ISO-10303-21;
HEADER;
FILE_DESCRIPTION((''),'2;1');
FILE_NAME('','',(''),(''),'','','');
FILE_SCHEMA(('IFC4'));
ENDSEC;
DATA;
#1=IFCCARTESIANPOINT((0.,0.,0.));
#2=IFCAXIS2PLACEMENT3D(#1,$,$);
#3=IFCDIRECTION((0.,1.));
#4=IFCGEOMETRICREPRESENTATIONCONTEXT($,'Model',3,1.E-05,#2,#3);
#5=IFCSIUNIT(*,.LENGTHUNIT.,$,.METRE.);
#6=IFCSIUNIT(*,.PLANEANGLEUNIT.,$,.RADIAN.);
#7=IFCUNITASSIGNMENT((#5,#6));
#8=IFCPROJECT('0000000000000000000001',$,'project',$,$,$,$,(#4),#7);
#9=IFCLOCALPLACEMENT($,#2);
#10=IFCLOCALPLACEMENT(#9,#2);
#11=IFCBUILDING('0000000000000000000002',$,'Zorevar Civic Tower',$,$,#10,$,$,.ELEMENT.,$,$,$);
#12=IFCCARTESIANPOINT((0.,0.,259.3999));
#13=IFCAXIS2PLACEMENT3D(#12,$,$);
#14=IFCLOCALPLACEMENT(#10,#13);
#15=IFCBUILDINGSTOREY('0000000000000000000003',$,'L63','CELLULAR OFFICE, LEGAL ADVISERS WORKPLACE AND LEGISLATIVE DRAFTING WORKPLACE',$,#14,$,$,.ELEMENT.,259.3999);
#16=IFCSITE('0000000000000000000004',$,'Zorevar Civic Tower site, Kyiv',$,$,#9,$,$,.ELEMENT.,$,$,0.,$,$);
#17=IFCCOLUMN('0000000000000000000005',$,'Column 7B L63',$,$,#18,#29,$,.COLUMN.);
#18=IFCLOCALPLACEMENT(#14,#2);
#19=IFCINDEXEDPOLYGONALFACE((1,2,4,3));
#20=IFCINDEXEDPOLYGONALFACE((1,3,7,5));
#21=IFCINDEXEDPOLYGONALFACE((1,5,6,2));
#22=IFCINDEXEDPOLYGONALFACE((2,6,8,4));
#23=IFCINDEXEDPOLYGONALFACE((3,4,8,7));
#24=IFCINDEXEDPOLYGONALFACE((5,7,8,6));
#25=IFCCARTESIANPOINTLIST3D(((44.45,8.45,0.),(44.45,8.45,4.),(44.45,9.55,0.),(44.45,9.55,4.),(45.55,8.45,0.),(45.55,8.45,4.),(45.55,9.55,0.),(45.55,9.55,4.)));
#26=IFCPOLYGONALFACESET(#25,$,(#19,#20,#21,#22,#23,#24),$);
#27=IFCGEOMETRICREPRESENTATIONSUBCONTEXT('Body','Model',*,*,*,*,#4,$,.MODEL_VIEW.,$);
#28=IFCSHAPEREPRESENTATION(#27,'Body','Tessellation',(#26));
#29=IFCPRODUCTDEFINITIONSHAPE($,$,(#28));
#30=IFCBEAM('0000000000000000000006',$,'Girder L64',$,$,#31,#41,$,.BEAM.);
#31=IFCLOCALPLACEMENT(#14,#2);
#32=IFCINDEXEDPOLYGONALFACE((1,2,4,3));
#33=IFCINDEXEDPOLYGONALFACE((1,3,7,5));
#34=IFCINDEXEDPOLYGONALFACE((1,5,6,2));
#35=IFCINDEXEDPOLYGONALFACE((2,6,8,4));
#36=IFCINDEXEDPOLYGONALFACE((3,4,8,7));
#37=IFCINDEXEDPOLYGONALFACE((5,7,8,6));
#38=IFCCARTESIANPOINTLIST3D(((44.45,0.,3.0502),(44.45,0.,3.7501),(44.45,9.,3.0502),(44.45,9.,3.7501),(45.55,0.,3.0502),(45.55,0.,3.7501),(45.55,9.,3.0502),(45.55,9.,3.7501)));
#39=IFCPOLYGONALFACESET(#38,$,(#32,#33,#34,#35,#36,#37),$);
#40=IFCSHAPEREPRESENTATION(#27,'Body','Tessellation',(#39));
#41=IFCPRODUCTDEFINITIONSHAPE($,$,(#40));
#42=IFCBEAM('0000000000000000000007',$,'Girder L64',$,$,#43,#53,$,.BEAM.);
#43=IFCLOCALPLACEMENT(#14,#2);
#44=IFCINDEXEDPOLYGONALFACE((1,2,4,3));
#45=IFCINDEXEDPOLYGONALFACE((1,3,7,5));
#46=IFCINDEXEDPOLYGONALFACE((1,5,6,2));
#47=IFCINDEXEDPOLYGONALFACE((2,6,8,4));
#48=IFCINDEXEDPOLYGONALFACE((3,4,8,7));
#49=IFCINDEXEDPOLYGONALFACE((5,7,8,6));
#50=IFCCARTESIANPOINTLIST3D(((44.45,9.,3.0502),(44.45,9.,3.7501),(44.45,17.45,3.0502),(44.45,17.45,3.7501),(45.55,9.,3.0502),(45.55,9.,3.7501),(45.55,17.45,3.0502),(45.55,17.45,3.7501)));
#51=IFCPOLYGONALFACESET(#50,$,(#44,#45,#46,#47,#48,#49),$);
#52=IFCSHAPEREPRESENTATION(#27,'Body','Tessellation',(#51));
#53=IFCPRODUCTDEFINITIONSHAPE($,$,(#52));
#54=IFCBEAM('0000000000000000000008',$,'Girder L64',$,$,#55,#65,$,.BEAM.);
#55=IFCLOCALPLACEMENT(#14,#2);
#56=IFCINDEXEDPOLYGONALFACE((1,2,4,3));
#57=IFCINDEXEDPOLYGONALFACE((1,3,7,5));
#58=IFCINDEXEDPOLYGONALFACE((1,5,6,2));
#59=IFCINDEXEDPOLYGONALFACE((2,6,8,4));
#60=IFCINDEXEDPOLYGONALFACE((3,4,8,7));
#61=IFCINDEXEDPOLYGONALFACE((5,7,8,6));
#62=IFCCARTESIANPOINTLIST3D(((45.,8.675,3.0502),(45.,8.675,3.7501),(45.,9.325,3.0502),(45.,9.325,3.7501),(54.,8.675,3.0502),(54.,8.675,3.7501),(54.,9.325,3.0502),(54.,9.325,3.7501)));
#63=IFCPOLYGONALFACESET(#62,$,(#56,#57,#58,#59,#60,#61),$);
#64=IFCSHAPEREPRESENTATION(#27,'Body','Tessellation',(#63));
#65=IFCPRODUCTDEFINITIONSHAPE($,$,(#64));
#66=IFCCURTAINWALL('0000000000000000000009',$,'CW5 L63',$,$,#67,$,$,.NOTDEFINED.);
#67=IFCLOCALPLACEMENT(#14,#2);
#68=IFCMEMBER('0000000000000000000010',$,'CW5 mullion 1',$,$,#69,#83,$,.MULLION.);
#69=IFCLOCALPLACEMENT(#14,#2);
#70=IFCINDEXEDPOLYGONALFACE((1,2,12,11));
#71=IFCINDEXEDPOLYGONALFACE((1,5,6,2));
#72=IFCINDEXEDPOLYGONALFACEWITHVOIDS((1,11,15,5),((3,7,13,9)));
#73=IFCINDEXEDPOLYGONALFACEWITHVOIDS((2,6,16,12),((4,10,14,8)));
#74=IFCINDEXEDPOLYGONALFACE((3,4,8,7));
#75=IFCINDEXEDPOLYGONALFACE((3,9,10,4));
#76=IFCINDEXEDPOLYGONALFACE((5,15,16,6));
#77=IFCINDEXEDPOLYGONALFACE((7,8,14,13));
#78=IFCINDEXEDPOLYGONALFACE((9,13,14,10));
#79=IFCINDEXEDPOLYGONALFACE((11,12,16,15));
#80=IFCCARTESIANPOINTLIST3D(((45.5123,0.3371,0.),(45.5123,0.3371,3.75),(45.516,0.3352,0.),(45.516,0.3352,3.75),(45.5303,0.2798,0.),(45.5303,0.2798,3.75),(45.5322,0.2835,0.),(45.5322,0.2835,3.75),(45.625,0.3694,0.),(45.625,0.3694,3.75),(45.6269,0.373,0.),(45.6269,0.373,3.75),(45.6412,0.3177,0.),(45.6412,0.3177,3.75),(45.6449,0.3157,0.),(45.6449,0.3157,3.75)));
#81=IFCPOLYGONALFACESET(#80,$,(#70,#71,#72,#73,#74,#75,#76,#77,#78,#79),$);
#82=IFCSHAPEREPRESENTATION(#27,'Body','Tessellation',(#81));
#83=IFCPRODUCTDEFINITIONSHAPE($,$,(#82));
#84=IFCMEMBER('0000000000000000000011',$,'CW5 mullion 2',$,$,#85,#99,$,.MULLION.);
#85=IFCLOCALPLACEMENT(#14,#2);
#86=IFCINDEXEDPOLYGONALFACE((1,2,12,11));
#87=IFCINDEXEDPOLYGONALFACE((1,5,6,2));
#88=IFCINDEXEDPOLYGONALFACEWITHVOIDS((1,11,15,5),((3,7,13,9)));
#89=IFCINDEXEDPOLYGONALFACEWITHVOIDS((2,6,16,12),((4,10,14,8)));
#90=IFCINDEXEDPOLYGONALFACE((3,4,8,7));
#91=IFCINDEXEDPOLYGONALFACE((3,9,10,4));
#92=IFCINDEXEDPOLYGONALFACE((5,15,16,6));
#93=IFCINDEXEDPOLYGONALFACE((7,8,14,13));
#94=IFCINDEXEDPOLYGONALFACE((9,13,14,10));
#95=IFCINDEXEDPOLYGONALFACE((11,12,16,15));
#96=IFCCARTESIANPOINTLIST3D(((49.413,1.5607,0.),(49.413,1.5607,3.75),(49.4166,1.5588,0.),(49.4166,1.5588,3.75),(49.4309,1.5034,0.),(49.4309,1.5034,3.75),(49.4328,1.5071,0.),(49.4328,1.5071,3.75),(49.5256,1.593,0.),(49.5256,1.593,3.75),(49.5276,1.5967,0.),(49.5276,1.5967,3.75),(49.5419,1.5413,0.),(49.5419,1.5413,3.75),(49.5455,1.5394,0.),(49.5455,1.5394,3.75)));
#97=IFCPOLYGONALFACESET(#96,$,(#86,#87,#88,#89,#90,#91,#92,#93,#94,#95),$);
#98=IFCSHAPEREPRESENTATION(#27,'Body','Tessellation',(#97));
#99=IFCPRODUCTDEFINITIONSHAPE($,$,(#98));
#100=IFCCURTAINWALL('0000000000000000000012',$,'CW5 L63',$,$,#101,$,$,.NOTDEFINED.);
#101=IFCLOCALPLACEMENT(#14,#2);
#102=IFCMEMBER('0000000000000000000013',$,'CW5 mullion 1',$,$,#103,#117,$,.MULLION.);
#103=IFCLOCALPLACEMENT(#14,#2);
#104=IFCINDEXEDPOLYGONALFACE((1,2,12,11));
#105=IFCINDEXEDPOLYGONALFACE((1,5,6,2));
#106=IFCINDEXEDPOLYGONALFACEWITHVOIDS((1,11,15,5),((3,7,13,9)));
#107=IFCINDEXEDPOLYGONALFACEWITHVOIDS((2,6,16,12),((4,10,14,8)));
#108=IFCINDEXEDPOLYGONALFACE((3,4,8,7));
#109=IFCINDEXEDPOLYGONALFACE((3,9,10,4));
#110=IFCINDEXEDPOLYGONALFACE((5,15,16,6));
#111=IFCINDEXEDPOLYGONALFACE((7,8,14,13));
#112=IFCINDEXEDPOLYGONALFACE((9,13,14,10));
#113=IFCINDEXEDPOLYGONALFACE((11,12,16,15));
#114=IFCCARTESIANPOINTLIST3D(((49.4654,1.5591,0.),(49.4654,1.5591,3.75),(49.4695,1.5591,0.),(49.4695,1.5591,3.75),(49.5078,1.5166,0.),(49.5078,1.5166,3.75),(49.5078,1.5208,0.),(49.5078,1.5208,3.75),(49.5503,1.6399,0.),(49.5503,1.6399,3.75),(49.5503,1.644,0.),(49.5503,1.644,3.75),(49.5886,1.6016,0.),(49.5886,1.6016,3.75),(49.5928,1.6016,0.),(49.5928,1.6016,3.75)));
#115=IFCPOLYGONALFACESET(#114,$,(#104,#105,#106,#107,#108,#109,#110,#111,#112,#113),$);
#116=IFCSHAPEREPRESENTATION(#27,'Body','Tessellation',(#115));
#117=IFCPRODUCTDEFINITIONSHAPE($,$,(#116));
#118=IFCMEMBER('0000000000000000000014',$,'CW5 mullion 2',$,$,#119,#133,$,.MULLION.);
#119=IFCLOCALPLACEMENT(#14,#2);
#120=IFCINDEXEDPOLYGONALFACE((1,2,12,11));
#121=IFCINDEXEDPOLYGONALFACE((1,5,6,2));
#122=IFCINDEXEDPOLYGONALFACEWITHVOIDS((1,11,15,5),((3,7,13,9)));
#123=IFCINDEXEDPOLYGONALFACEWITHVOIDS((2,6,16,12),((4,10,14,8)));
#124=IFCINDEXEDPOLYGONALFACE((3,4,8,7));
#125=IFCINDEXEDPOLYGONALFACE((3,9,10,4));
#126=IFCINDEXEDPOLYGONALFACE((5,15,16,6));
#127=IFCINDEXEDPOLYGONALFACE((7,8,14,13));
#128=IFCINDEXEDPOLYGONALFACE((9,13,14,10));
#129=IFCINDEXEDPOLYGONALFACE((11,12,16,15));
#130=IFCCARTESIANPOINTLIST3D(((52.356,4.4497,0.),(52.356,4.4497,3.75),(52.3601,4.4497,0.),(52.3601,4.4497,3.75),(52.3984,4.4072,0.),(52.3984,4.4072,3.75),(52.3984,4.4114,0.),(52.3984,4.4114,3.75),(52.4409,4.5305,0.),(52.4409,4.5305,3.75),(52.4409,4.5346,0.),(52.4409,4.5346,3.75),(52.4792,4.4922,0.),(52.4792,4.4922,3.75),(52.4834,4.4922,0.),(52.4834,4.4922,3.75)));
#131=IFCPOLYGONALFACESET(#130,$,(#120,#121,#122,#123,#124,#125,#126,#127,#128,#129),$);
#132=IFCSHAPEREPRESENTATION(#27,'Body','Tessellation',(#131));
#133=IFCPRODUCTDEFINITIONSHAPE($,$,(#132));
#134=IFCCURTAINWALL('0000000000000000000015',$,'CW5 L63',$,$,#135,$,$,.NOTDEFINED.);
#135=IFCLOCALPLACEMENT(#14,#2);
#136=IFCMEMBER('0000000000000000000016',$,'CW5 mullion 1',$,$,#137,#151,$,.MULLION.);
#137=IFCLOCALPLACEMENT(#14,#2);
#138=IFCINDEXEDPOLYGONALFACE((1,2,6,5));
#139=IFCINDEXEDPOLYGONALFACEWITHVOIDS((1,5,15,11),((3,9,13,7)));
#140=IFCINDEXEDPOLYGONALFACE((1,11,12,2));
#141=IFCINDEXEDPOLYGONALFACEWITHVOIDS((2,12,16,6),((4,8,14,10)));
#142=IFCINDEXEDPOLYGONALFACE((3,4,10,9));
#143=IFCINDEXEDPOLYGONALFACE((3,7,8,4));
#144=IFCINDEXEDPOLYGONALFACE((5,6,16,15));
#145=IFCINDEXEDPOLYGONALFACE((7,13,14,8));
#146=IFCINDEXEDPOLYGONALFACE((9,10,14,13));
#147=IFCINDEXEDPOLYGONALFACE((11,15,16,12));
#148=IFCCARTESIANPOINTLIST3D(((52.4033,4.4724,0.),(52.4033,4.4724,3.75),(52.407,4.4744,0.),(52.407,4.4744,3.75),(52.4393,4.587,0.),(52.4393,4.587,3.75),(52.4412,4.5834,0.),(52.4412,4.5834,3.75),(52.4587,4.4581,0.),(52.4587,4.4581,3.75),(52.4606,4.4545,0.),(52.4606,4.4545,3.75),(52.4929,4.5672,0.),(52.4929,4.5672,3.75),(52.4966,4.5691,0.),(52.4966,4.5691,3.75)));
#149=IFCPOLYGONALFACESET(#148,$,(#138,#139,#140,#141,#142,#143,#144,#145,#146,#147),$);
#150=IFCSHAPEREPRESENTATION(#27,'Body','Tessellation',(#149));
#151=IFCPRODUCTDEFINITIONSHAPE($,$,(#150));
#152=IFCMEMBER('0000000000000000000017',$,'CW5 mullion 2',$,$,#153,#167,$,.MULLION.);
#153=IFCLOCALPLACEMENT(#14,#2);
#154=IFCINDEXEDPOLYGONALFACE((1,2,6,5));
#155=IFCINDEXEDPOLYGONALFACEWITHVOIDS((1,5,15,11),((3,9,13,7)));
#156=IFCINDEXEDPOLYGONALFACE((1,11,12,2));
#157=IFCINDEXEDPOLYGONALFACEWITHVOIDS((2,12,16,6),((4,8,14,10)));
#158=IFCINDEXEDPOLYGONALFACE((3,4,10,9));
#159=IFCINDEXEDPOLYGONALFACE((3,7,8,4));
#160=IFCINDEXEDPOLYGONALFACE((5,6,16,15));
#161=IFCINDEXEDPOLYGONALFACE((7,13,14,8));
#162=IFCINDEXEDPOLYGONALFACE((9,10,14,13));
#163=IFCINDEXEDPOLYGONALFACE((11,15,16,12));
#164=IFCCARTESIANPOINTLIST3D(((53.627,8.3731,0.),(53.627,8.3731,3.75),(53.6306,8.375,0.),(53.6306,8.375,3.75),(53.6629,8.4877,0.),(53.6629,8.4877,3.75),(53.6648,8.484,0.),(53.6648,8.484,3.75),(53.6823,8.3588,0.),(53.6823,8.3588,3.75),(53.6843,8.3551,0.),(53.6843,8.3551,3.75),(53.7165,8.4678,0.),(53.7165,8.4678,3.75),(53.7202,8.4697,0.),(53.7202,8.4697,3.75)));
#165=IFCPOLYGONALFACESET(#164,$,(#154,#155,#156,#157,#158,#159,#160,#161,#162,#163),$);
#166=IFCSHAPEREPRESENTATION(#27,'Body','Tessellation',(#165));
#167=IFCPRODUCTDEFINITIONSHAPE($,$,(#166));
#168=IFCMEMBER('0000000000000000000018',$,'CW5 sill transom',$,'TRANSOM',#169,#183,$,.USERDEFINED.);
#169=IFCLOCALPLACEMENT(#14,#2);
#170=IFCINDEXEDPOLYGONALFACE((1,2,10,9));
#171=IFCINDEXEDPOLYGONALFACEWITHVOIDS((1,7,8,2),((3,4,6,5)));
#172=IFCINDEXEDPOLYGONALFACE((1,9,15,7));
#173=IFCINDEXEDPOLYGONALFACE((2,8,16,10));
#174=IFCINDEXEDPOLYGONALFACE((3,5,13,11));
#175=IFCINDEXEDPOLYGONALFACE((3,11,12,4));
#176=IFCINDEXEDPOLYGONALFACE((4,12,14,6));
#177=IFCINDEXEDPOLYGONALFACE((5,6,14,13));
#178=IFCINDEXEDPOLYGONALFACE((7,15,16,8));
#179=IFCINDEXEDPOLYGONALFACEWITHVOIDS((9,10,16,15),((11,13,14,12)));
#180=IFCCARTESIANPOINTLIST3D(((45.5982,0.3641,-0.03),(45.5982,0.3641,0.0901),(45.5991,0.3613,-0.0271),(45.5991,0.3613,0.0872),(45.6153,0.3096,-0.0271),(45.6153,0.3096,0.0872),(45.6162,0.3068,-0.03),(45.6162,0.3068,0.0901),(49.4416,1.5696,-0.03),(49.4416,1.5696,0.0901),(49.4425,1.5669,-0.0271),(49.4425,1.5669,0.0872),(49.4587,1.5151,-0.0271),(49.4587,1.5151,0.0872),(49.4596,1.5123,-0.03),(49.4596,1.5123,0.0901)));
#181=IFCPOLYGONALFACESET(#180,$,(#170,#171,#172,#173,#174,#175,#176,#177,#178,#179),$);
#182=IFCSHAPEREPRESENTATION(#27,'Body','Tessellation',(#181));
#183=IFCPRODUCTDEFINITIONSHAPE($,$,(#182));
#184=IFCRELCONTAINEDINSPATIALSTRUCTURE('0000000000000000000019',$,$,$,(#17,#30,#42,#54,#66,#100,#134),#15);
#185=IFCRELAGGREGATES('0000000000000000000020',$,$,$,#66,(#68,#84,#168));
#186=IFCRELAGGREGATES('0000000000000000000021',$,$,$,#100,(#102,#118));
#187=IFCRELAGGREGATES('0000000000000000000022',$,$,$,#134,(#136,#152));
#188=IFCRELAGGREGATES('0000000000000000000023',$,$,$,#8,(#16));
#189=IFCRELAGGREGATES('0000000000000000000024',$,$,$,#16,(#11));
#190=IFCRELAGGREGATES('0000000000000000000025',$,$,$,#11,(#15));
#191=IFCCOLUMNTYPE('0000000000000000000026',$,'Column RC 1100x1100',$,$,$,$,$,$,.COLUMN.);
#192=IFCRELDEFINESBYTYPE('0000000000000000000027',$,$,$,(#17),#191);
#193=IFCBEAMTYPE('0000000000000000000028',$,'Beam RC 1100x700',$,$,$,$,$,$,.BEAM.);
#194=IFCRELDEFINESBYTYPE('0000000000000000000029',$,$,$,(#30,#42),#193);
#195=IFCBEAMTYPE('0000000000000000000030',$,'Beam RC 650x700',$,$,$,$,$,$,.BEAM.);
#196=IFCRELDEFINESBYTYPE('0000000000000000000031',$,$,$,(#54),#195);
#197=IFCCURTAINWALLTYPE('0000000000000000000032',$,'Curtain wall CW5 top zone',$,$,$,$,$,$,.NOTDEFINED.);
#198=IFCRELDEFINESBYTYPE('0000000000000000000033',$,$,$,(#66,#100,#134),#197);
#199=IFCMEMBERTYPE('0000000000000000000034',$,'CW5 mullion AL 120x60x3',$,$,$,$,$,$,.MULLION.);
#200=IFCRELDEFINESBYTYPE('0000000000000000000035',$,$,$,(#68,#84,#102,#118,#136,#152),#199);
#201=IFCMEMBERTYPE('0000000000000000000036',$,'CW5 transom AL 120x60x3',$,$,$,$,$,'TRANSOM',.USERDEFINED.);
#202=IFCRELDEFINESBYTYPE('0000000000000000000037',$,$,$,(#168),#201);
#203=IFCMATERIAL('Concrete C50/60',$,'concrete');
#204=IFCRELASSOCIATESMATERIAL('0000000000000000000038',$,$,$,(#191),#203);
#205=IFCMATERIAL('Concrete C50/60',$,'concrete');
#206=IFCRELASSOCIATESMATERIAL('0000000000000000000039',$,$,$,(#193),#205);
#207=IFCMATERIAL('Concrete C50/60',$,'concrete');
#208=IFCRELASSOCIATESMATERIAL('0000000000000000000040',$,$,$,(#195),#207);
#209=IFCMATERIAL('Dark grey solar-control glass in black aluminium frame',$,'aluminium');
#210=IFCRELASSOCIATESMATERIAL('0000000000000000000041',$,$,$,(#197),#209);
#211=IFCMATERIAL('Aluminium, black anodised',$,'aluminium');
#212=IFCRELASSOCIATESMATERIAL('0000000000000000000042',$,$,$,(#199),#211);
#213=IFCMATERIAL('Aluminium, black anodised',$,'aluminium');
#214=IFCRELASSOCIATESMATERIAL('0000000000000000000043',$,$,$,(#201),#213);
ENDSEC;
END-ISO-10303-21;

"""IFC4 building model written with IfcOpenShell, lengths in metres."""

from ifc_helpers import new_model, si_unit, direction, frame, origin, origin_2d, place, context, subcontext, project, spatial, rectangle, hollow_rectangle, extrude, material, material_profile, profile_set, type_object, element, aggregate, save


model = new_model("IFC4")

# Units and contexts
model_context = context("Model", 3, precision=1e-05, world=origin(), true_north=direction((0.0, 1.0)))
body_context = subcontext(model_context, "Body", "Model", "MODEL_VIEW")
ifc_project = project(units=[si_unit("LENGTHUNIT", "METRE"), si_unit("PLANEANGLEUNIT", "RADIAN")], contexts=[model_context])

# Site, building, storey
site_placement = place(None, origin())
site = spatial("IfcSite", under=ifc_project, at=site_placement, Name="Zorevar Civic Tower site, Kyiv", CompositionType="ELEMENT", RefElevation=0.0)
building_placement = place(site_placement, origin())
building = spatial("IfcBuilding", under=site, at=building_placement, Name="Zorevar Civic Tower", CompositionType="ELEMENT")
storey_placement = place(building_placement, frame((0.0, 0.0, 259.3999)))
storey = spatial("IfcBuildingStorey", under=building, at=storey_placement, Name="L63", Description="CELLULAR OFFICE, LEGAL ADVISERS WORKPLACE AND LEGISLATIVE DRAFTING WORKPLACE", CompositionType="ELEMENT", Elevation=259.3999)

# Column
ifc_material_1 = material(Name="Concrete C50/60", Category="concrete")
ifc_material_profile_1 = material_profile(ifc_material_1, rectangle(XDim=1.1001, YDim=1.1001, at=origin_2d()), Name="RC 1100x1100")
ifc_profile_set_1 = profile_set([ifc_material_profile_1], Name="Concrete C50/60")
column_type = type_object("IfcColumnType", Name="Column RC 1100x1100", PredefinedType="COLUMN", material=ifc_profile_set_1)
column_placement = place(storey_placement, frame((45.0, 9.0, 0.0), z_axis=(0.0, 0.0, 1.0), x_axis=(1.0, 0.0, 0.0)))
element("IfcColumn", 1, at=column_placement, inside=storey, type_object=column_type, Name="Column 7B L63", PredefinedType="COLUMN", context=body_context, shape_type="SweptSolid", body=[
    extrude(rectangle(XDim=1.1001, YDim=1.1001, at=origin_2d()), origin(), (0.0, 0.0, 1.0), 4.0),
])

# Beams
ifc_material_2 = material(Name="Concrete C50/60", Category="concrete")
ifc_material_profile_2 = material_profile(ifc_material_2, rectangle(XDim=1.1001, YDim=0.7, at=origin_2d()), Name="RC 1100x700")
ifc_profile_set_2 = profile_set([ifc_material_profile_2], Name="Concrete C50/60")
beam_type_1 = type_object("IfcBeamType", Name="Beam RC 1100x700", PredefinedType="BEAM", material=ifc_profile_set_2)
beam_1_placement = place(storey_placement, frame((45.0, 0.0, 3.4001), z_axis=(0.0, 1.0, 0.0), x_axis=(-1.0, 0.0, 0.0)))
element("IfcBeam", 2, at=beam_1_placement, inside=storey, type_object=beam_type_1, Name="Girder L64", PredefinedType="BEAM", context=body_context, shape_type="SweptSolid", body=[
    extrude(rectangle(XDim=1.1001, YDim=0.7, at=origin_2d()), origin(), (0.0, 0.0, 1.0), 9.0),
])
beam_2_placement = place(storey_placement, frame((45.0, 9.0, 3.4001), z_axis=(0.0, 1.0, 0.0), x_axis=(-1.0, 0.0, 0.0)))
element("IfcBeam", 3, at=beam_2_placement, inside=storey, type_object=beam_type_1, Name="Girder L64", PredefinedType="BEAM", context=body_context, shape_type="SweptSolid", body=[
    extrude(rectangle(XDim=1.1001, YDim=0.7, at=origin_2d()), origin(), (0.0, 0.0, 1.0), 8.45),
])
ifc_material_3 = material(Name="Concrete C50/60", Category="concrete")
ifc_material_profile_3 = material_profile(ifc_material_3, rectangle(XDim=0.6499, YDim=0.7, at=origin_2d()), Name="RC 650x700")
ifc_profile_set_3 = profile_set([ifc_material_profile_3], Name="Concrete C50/60")
beam_type_2 = type_object("IfcBeamType", Name="Beam RC 650x700", PredefinedType="BEAM", material=ifc_profile_set_3)
beam_3_placement = place(storey_placement, frame((45.0, 9.0, 3.4001), z_axis=(1.0, 0.0, 0.0), x_axis=(0.0, 1.0, 0.0)))
element("IfcBeam", 4, at=beam_3_placement, inside=storey, type_object=beam_type_2, Name="Girder L64", PredefinedType="BEAM", context=body_context, shape_type="SweptSolid", body=[
    extrude(rectangle(XDim=0.6499, YDim=0.7, at=origin_2d()), origin(), (0.0, 0.0, 1.0), 9.0),
])

# Curtain walls, members
ifc_material_4 = material(Name="Dark grey solar-control glass in black aluminium frame", Category="aluminium")
curtain_wall_type = type_object("IfcCurtainWallType", Name="Curtain wall CW5 top zone", PredefinedType="NOTDEFINED", material=ifc_material_4)
curtain_wall_1_placement = place(storey_placement, origin())
curtain_wall_1 = element("IfcCurtainWall", 5, at=curtain_wall_1_placement, inside=storey, type_object=curtain_wall_type, Name="CW5 L63", PredefinedType="NOTDEFINED")
ifc_material_5 = material(Name="Aluminium, black anodised", Category="aluminium")
ifc_material_profile_4 = material_profile(ifc_material_5, hollow_rectangle(XDim=0.0601, YDim=0.1201, WallThickness=0.0029, at=origin_2d()), Name="AL 120x60x3")
ifc_profile_set_4 = profile_set([ifc_material_profile_4], Name="Aluminium, black anodised")
member_type_1 = type_object("IfcMemberType", Name="CW5 mullion AL 120x60x3", PredefinedType="MULLION", material=ifc_profile_set_4)
member_1_placement = place(storey_placement, frame((45.5786, 0.3264, 0.0), z_axis=(0.0, 0.0, 1.0), x_axis=(-0.299318, 0.954153, 0.0)))
member_1 = element("IfcMember", 6, at=member_1_placement, type_object=member_type_1, Name="CW5 mullion 1", PredefinedType="MULLION", context=body_context, shape_type="SweptSolid", body=[
    extrude(hollow_rectangle(XDim=0.0601, YDim=0.1201, WallThickness=0.0029, at=origin_2d()), origin(), (0.0, 0.0, 1.0), 3.75),
])
member_2_placement = place(storey_placement, frame((49.4792, 1.55, 0.0), z_axis=(0.0, 0.0, 1.0), x_axis=(-0.299318, 0.954153, 0.0)))
member_2 = element("IfcMember", 7, at=member_2_placement, type_object=member_type_1, Name="CW5 mullion 2", PredefinedType="MULLION", context=body_context, shape_type="SweptSolid", body=[
    extrude(hollow_rectangle(XDim=0.0601, YDim=0.1201, WallThickness=0.0029, at=origin_2d()), origin(), (0.0, 0.0, 1.0), 3.75),
])
curtain_wall_2_placement = place(storey_placement, origin())
curtain_wall_2 = element("IfcCurtainWall", 8, at=curtain_wall_2_placement, inside=storey, type_object=curtain_wall_type, Name="CW5 L63", PredefinedType="NOTDEFINED")
member_3_placement = place(storey_placement, frame((49.5291, 1.5803, 0.0), z_axis=(0.0, 0.0, 1.0), x_axis=(-0.707107, 0.707107, 0.0)))
member_3 = element("IfcMember", 9, at=member_3_placement, type_object=member_type_1, Name="CW5 mullion 1", PredefinedType="MULLION", context=body_context, shape_type="SweptSolid", body=[
    extrude(hollow_rectangle(XDim=0.0601, YDim=0.1201, WallThickness=0.0029, at=origin_2d()), origin(), (0.0, 0.0, 1.0), 3.75),
])
member_4_placement = place(storey_placement, frame((52.4197, 4.4709, 0.0), z_axis=(0.0, 0.0, 1.0), x_axis=(-0.707107, 0.707107, 0.0)))
member_4 = element("IfcMember", 10, at=member_4_placement, type_object=member_type_1, Name="CW5 mullion 2", PredefinedType="MULLION", context=body_context, shape_type="SweptSolid", body=[
    extrude(hollow_rectangle(XDim=0.0601, YDim=0.1201, WallThickness=0.0029, at=origin_2d()), origin(), (0.0, 0.0, 1.0), 3.75),
])
curtain_wall_3_placement = place(storey_placement, origin())
curtain_wall_3 = element("IfcCurtainWall", 11, at=curtain_wall_3_placement, inside=storey, type_object=curtain_wall_type, Name="CW5 L63", PredefinedType="NOTDEFINED")
member_5_placement = place(storey_placement, frame((52.45, 4.5208, 0.0), z_axis=(0.0, 0.0, 1.0), x_axis=(-0.954153, 0.299318, 0.0)))
member_5 = element("IfcMember", 12, at=member_5_placement, type_object=member_type_1, Name="CW5 mullion 1", PredefinedType="MULLION", context=body_context, shape_type="SweptSolid", body=[
    extrude(hollow_rectangle(XDim=0.0601, YDim=0.1201, WallThickness=0.0029, at=origin_2d()), origin(), (0.0, 0.0, 1.0), 3.75),
])
member_6_placement = place(storey_placement, frame((53.6736, 8.4214, 0.0), z_axis=(0.0, 0.0, 1.0), x_axis=(-0.954153, 0.299318, 0.0)))
member_6 = element("IfcMember", 13, at=member_6_placement, type_object=member_type_1, Name="CW5 mullion 2", PredefinedType="MULLION", context=body_context, shape_type="SweptSolid", body=[
    extrude(hollow_rectangle(XDim=0.0601, YDim=0.1201, WallThickness=0.0029, at=origin_2d()), origin(), (0.0, 0.0, 1.0), 3.75),
])

# Member
ifc_material_6 = material(Name="Aluminium, black anodised", Category="aluminium")
ifc_material_profile_5 = material_profile(ifc_material_6, hollow_rectangle(XDim=0.0601, YDim=0.1201, WallThickness=0.0029, at=origin_2d()), Name="AL 120x60x3")
ifc_profile_set_5 = profile_set([ifc_material_profile_5], Name="Aluminium, black anodised")
member_type_2 = type_object("IfcMemberType", Name="CW5 transom AL 120x60x3", ElementType="TRANSOM", PredefinedType="USERDEFINED", material=ifc_profile_set_5)
member_7_placement = place(storey_placement, frame((45.6072, 0.3354, 0.03), z_axis=(0.954163, 0.299286, 0.0), x_axis=(-0.299286, 0.954163, 0.0)))
member_7 = element("IfcMember", 14, at=member_7_placement, type_object=member_type_2, Name="CW5 sill transom", ObjectType="TRANSOM", PredefinedType="USERDEFINED", context=body_context, shape_type="SweptSolid", body=[
    extrude(hollow_rectangle(XDim=0.0601, YDim=0.1201, WallThickness=0.0029, at=origin_2d()), origin(), (0.0, 0.0, 1.0), 4.0281),
])

aggregate(curtain_wall_1, [member_1, member_2, member_7])
aggregate(curtain_wall_2, [member_3, member_4])
aggregate(curtain_wall_3, [member_5, member_6])

save(model, "model.ifc")
